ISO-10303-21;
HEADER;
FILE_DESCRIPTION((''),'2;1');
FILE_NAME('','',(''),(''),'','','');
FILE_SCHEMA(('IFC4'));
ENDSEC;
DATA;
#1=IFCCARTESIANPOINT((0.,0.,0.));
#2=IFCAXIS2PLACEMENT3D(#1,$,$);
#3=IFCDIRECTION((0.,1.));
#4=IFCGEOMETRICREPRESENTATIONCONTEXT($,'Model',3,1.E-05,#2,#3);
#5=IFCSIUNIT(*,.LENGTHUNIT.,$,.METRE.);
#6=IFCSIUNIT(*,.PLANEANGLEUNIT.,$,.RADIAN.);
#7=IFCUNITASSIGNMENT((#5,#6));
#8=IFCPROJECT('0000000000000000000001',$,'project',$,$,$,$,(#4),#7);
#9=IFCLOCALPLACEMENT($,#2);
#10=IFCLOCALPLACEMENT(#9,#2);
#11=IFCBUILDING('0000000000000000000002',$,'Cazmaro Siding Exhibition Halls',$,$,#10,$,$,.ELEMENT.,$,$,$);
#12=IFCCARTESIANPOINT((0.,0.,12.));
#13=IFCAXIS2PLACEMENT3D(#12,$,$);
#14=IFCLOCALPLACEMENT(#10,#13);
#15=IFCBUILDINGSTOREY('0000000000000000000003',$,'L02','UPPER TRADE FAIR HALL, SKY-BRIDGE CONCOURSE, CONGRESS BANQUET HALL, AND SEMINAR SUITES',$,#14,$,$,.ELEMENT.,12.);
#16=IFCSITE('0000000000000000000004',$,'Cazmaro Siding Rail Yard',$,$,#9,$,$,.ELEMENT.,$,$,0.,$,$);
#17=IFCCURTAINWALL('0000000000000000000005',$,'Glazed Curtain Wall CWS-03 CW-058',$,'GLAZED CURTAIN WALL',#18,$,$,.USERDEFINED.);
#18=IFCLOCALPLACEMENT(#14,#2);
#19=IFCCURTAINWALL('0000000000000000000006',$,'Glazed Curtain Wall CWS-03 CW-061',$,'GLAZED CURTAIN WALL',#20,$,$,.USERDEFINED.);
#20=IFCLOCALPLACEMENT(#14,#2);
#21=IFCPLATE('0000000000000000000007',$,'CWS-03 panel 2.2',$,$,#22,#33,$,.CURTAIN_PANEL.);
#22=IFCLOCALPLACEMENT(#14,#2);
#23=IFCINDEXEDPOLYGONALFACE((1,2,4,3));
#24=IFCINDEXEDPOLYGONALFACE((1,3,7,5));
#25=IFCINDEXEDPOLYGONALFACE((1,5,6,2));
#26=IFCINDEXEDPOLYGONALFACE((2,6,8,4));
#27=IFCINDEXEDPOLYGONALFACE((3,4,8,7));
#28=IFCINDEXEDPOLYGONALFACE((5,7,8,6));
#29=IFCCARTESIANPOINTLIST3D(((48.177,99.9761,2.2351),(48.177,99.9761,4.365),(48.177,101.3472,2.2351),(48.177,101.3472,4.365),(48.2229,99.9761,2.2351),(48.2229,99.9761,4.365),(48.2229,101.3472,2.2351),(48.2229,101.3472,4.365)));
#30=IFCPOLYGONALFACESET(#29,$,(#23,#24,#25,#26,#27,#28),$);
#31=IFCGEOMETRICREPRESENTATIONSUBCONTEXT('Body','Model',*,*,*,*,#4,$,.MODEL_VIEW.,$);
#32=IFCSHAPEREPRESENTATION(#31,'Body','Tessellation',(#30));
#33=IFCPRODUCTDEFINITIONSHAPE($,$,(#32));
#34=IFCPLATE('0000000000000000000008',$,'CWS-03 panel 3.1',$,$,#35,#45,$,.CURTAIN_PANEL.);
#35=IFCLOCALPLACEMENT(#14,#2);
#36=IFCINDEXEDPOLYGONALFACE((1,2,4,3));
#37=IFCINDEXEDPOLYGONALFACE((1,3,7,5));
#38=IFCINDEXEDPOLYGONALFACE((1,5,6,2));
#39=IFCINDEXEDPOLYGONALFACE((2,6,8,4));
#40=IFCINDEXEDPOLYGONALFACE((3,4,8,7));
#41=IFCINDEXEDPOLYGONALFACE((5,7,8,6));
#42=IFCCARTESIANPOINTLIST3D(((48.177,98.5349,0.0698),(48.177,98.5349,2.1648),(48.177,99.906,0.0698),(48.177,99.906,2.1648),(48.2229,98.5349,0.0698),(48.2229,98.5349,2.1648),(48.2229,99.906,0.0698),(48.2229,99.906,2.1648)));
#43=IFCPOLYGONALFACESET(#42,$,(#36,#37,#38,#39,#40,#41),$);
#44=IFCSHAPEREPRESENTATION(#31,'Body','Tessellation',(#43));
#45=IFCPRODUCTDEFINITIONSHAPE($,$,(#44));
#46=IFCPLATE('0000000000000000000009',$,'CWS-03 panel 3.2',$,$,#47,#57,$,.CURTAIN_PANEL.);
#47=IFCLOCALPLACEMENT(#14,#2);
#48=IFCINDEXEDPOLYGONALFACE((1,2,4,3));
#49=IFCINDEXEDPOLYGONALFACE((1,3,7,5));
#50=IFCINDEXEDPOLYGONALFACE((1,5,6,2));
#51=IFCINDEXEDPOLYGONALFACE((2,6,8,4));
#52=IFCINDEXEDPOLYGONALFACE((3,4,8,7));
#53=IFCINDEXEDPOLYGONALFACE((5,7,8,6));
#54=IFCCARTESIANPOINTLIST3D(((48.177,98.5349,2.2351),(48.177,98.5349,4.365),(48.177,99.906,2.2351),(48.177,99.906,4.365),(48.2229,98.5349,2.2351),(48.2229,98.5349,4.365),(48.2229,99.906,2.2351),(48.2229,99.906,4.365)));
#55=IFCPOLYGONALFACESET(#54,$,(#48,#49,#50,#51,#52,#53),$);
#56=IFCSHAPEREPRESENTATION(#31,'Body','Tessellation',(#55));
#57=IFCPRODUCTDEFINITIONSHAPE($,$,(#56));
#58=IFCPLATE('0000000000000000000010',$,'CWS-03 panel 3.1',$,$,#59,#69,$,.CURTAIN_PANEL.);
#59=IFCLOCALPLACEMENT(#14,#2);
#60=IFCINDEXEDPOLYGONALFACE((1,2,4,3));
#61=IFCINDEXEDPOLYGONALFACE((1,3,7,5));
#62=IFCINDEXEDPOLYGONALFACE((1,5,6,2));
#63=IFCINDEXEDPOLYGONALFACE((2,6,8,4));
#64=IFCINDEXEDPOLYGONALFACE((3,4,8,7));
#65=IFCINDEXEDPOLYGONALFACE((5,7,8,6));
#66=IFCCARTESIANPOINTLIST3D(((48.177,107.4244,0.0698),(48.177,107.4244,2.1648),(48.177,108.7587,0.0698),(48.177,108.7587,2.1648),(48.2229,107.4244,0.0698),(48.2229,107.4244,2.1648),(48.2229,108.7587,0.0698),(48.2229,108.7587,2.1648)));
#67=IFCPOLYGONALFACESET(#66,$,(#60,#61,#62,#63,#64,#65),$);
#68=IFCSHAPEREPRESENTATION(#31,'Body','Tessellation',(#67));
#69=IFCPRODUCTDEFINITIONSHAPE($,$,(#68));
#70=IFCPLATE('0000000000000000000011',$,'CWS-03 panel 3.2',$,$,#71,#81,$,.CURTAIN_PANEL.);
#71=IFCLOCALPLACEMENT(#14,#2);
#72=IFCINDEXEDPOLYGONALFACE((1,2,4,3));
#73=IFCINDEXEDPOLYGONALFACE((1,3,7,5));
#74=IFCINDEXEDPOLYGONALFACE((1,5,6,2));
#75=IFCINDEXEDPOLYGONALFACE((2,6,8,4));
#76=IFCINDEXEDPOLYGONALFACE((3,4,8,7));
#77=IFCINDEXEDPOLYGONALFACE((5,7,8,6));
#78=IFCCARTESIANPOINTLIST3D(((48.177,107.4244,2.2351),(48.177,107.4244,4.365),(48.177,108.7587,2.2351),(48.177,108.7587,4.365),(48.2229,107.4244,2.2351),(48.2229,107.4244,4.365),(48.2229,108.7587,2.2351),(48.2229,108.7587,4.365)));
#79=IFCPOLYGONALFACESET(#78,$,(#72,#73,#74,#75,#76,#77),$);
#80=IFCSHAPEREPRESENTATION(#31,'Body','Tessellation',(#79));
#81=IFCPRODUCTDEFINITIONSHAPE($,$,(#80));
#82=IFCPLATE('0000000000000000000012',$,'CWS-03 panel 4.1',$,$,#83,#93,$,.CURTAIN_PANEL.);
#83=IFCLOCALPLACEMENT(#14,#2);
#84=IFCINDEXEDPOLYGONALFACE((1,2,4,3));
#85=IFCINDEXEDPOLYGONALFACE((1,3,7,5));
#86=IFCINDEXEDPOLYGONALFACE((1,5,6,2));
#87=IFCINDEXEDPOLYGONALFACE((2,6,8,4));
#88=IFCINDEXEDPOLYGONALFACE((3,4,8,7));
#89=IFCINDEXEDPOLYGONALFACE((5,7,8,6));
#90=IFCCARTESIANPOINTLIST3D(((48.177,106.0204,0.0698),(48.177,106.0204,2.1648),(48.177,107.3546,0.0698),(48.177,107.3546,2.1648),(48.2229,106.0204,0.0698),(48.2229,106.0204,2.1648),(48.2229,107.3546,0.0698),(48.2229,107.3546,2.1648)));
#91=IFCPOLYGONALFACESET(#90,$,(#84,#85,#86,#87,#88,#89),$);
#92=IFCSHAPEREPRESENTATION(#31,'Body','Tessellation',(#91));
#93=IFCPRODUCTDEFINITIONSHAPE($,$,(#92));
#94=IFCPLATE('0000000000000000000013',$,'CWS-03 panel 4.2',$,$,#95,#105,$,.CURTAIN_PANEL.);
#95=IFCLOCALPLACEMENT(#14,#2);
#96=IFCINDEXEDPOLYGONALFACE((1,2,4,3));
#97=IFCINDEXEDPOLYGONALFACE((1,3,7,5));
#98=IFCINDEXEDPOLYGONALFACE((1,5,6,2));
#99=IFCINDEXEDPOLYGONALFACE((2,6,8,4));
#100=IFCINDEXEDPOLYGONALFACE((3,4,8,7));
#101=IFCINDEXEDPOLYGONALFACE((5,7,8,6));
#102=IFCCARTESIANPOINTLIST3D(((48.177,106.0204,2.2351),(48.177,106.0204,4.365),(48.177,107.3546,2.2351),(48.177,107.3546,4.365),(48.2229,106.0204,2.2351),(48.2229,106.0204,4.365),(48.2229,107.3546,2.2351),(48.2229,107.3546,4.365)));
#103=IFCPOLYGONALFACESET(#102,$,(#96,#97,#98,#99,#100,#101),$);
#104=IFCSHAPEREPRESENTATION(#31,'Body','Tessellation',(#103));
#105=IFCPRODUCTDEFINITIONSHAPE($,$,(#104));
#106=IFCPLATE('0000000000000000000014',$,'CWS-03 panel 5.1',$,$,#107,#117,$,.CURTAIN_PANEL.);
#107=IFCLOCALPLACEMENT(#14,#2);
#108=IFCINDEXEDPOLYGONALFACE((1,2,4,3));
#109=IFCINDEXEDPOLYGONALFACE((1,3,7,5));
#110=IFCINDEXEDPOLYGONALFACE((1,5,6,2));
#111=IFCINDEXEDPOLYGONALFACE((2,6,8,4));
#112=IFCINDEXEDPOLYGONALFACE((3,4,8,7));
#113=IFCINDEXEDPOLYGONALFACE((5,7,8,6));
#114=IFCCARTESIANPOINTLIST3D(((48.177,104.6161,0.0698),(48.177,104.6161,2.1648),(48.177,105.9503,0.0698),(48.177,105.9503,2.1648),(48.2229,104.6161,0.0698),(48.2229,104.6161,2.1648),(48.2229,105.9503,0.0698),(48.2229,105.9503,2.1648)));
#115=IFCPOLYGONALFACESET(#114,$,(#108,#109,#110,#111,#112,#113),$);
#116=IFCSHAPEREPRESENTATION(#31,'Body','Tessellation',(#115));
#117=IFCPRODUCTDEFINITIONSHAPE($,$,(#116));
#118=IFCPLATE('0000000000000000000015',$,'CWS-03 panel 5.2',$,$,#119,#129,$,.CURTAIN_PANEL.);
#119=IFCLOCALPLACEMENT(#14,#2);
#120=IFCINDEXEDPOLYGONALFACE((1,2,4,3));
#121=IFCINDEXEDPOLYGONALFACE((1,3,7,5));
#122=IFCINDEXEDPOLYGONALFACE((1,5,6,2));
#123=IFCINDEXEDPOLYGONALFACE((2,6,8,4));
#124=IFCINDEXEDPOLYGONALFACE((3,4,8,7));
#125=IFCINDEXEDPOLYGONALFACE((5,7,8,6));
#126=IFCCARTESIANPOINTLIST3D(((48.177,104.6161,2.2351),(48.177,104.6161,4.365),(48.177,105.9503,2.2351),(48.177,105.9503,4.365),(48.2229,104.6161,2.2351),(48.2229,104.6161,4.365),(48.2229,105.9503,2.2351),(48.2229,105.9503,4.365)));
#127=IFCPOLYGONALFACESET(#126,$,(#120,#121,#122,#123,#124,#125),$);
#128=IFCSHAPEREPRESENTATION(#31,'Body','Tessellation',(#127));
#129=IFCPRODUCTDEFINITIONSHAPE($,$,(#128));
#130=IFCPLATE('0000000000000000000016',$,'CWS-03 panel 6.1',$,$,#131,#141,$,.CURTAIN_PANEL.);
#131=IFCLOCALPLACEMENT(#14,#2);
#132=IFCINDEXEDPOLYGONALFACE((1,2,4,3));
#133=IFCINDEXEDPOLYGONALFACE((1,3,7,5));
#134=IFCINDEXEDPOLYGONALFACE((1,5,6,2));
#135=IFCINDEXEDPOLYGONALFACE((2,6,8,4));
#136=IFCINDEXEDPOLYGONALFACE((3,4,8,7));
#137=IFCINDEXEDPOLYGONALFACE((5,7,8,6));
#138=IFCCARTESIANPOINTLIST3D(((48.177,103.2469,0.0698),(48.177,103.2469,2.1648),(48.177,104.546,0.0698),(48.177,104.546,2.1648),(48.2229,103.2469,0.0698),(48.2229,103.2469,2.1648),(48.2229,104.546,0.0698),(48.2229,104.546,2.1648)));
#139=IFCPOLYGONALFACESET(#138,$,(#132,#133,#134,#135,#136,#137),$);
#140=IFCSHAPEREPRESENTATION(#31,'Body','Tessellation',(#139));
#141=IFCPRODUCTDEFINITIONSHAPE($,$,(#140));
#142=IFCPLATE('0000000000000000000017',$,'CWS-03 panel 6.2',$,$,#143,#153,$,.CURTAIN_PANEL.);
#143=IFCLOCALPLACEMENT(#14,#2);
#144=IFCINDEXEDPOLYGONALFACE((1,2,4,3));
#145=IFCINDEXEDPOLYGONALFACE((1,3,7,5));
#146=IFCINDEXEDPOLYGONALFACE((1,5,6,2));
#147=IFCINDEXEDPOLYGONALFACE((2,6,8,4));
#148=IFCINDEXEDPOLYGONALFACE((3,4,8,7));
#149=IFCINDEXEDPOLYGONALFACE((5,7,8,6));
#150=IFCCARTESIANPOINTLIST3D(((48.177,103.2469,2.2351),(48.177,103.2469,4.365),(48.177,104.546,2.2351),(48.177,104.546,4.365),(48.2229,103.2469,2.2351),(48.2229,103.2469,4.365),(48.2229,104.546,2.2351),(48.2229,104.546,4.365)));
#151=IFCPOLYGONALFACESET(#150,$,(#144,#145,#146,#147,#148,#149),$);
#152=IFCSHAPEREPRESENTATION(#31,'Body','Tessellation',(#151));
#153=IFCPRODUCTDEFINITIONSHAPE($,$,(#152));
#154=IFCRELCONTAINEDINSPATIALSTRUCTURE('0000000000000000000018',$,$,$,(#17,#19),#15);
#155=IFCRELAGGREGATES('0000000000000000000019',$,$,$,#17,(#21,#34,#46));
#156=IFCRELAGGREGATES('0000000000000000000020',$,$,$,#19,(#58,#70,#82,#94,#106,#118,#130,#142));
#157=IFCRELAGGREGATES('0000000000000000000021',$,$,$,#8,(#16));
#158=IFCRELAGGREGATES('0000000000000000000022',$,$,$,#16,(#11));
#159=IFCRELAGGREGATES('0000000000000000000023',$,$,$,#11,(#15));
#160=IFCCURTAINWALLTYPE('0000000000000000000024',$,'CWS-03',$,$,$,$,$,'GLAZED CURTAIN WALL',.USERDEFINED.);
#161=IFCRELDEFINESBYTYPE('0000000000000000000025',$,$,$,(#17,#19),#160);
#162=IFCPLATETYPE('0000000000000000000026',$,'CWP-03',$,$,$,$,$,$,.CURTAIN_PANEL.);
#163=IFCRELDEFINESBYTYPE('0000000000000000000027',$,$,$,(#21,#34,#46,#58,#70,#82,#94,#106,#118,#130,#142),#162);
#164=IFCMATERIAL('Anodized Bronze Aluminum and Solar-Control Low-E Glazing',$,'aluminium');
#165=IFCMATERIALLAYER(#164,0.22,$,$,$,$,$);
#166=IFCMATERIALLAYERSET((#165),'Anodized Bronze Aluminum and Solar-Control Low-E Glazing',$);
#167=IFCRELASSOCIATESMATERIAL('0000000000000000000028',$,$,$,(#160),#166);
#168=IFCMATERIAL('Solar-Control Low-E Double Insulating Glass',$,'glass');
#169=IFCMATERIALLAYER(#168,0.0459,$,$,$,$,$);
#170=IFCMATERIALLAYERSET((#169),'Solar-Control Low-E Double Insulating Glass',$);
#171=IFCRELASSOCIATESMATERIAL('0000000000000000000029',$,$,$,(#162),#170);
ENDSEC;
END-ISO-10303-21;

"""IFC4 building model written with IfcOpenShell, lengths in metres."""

from ifc_helpers import new_model, si_unit, direction, frame, origin, origin_2d, place, context, subcontext, project, spatial, rectangle, extrude, material, layer, layer_set, type_object, element, aggregate, save


model = new_model("IFC4")

# Units and contexts
model_context = context("Model", 3, precision=1e-05, world=origin(), true_north=direction((0.0, 1.0)))
body_context = subcontext(model_context, "Body", "Model", "MODEL_VIEW")
ifc_project = project(units=[si_unit("LENGTHUNIT", "METRE"), si_unit("PLANEANGLEUNIT", "RADIAN")], contexts=[model_context])

# Site, building, storey
site_placement = place(None, origin())
site = spatial("IfcSite", under=ifc_project, at=site_placement, Name="Cazmaro Siding Rail Yard", CompositionType="ELEMENT", RefElevation=0.0)
building_placement = place(site_placement, origin())
building = spatial("IfcBuilding", under=site, at=building_placement, Name="Cazmaro Siding Exhibition Halls", CompositionType="ELEMENT")
storey_placement = place(building_placement, frame((0.0, 0.0, 12.0)))
storey = spatial("IfcBuildingStorey", under=building, at=storey_placement, Name="L02", Description="UPPER TRADE FAIR HALL, SKY-BRIDGE CONCOURSE, CONGRESS BANQUET HALL, AND SEMINAR SUITES", CompositionType="ELEMENT", Elevation=12.0)

# Curtain walls
ifc_material_1 = material(Name="Anodized Bronze Aluminum and Solar-Control Low-E Glazing", Category="aluminium")
ifc_layer_1 = layer(ifc_material_1, 0.22)
ifc_layer_set_1 = layer_set([ifc_layer_1], Name="Anodized Bronze Aluminum and Solar-Control Low-E Glazing")
curtain_wall_type = type_object("IfcCurtainWallType", Name="CWS-03", ElementType="GLAZED CURTAIN WALL", PredefinedType="USERDEFINED", material=ifc_layer_set_1)
curtain_wall_1_placement = place(storey_placement, origin())
curtain_wall_1 = element("IfcCurtainWall", 1, at=curtain_wall_1_placement, inside=storey, type_object=curtain_wall_type, Name="Glazed Curtain Wall CWS-03 CW-058", ObjectType="GLAZED CURTAIN WALL", PredefinedType="USERDEFINED")
curtain_wall_2_placement = place(storey_placement, origin())
curtain_wall_2 = element("IfcCurtainWall", 2, at=curtain_wall_2_placement, inside=storey, type_object=curtain_wall_type, Name="Glazed Curtain Wall CWS-03 CW-061", ObjectType="GLAZED CURTAIN WALL", PredefinedType="USERDEFINED")

# Plates
ifc_material_2 = material(Name="Solar-Control Low-E Double Insulating Glass", Category="glass")
ifc_layer_2 = layer(ifc_material_2, 0.0459)
ifc_layer_set_2 = layer_set([ifc_layer_2], Name="Solar-Control Low-E Double Insulating Glass")
plate_type = type_object("IfcPlateType", Name="CWP-03", PredefinedType="CURTAIN_PANEL", material=ifc_layer_set_2)
plate_1_placement = place(storey_placement, frame((48.2, 100.6616, 2.2351), z_axis=(0.0, 0.0, 1.0), x_axis=(0.0, -1.0, 0.0)))
plate_1 = element("IfcPlate", 3, at=plate_1_placement, type_object=plate_type, Name="CWS-03 panel 2.2", PredefinedType="CURTAIN_PANEL", context=body_context, shape_type="SweptSolid", body=[
    extrude(rectangle(XDim=1.3711, YDim=0.0459, at=origin_2d()), origin(), (0.0, 0.0, 1.0), 2.1299),
])
plate_2_placement = place(storey_placement, frame((48.2, 99.2205, 0.0698), z_axis=(0.0, 0.0, 1.0), x_axis=(0.0, -1.0, 0.0)))
plate_2 = element("IfcPlate", 4, at=plate_2_placement, type_object=plate_type, Name="CWS-03 panel 3.1", PredefinedType="CURTAIN_PANEL", context=body_context, shape_type="SweptSolid", body=[
    extrude(rectangle(XDim=1.3711, YDim=0.0459, at=origin_2d()), origin(), (0.0, 0.0, 1.0), 2.095),
])
plate_3_placement = place(storey_placement, frame((48.2, 99.2205, 2.2351), z_axis=(0.0, 0.0, 1.0), x_axis=(0.0, -1.0, 0.0)))
plate_3 = element("IfcPlate", 5, at=plate_3_placement, type_object=plate_type, Name="CWS-03 panel 3.2", PredefinedType="CURTAIN_PANEL", context=body_context, shape_type="SweptSolid", body=[
    extrude(rectangle(XDim=1.3711, YDim=0.0459, at=origin_2d()), origin(), (0.0, 0.0, 1.0), 2.1299),
])
aggregate(curtain_wall_1, [plate_1, plate_2, plate_3])
plate_4_placement = place(storey_placement, frame((48.2, 108.0916, 0.0698), z_axis=(0.0, 0.0, 1.0), x_axis=(0.0, -1.0, 0.0)))
plate_4 = element("IfcPlate", 6, at=plate_4_placement, type_object=plate_type, Name="CWS-03 panel 3.1", PredefinedType="CURTAIN_PANEL", context=body_context, shape_type="SweptSolid", body=[
    extrude(rectangle(XDim=1.3342, YDim=0.0459, at=origin_2d()), origin(), (0.0, 0.0, 1.0), 2.095),
])
plate_5_placement = place(storey_placement, frame((48.2, 108.0916, 2.2351), z_axis=(0.0, 0.0, 1.0), x_axis=(0.0, -1.0, 0.0)))
plate_5 = element("IfcPlate", 7, at=plate_5_placement, type_object=plate_type, Name="CWS-03 panel 3.2", PredefinedType="CURTAIN_PANEL", context=body_context, shape_type="SweptSolid", body=[
    extrude(rectangle(XDim=1.3342, YDim=0.0459, at=origin_2d()), origin(), (0.0, 0.0, 1.0), 2.1299),
])
plate_6_placement = place(storey_placement, frame((48.2, 106.6875, 0.0698), z_axis=(0.0, 0.0, 1.0), x_axis=(0.0, -1.0, 0.0)))
plate_6 = element("IfcPlate", 8, at=plate_6_placement, type_object=plate_type, Name="CWS-03 panel 4.1", PredefinedType="CURTAIN_PANEL", context=body_context, shape_type="SweptSolid", body=[
    extrude(rectangle(XDim=1.3342, YDim=0.0459, at=origin_2d()), origin(), (0.0, 0.0, 1.0), 2.095),
])
plate_7_placement = place(storey_placement, frame((48.2, 106.6875, 2.2351), z_axis=(0.0, 0.0, 1.0), x_axis=(0.0, -1.0, 0.0)))
plate_7 = element("IfcPlate", 9, at=plate_7_placement, type_object=plate_type, Name="CWS-03 panel 4.2", PredefinedType="CURTAIN_PANEL", context=body_context, shape_type="SweptSolid", body=[
    extrude(rectangle(XDim=1.3342, YDim=0.0459, at=origin_2d()), origin(), (0.0, 0.0, 1.0), 2.1299),
])
plate_8_placement = place(storey_placement, frame((48.2, 105.2832, 0.0698), z_axis=(0.0, 0.0, 1.0), x_axis=(0.0, -1.0, 0.0)))
plate_8 = element("IfcPlate", 10, at=plate_8_placement, type_object=plate_type, Name="CWS-03 panel 5.1", PredefinedType="CURTAIN_PANEL", context=body_context, shape_type="SweptSolid", body=[
    extrude(rectangle(XDim=1.3342, YDim=0.0459, at=origin_2d()), origin(), (0.0, 0.0, 1.0), 2.095),
])
plate_9_placement = place(storey_placement, frame((48.2, 105.2832, 2.2351), z_axis=(0.0, 0.0, 1.0), x_axis=(0.0, -1.0, 0.0)))
plate_9 = element("IfcPlate", 11, at=plate_9_placement, type_object=plate_type, Name="CWS-03 panel 5.2", PredefinedType="CURTAIN_PANEL", context=body_context, shape_type="SweptSolid", body=[
    extrude(rectangle(XDim=1.3342, YDim=0.0459, at=origin_2d()), origin(), (0.0, 0.0, 1.0), 2.1299),
])
plate_10_placement = place(storey_placement, frame((48.2, 103.8965, 0.0698), z_axis=(0.0, 0.0, 1.0), x_axis=(0.0, -1.0, 0.0)))
plate_10 = element("IfcPlate", 12, at=plate_10_placement, type_object=plate_type, Name="CWS-03 panel 6.1", PredefinedType="CURTAIN_PANEL", context=body_context, shape_type="SweptSolid", body=[
    extrude(rectangle(XDim=1.2991, YDim=0.0459, at=origin_2d()), origin(), (0.0, 0.0, 1.0), 2.095),
])
plate_11_placement = place(storey_placement, frame((48.2, 103.8965, 2.2351), z_axis=(0.0, 0.0, 1.0), x_axis=(0.0, -1.0, 0.0)))
plate_11 = element("IfcPlate", 13, at=plate_11_placement, type_object=plate_type, Name="CWS-03 panel 6.2", PredefinedType="CURTAIN_PANEL", context=body_context, shape_type="SweptSolid", body=[
    extrude(rectangle(XDim=1.2991, YDim=0.0459, at=origin_2d()), origin(), (0.0, 0.0, 1.0), 2.1299),
])
aggregate(curtain_wall_2, [plate_4, plate_5, plate_6, plate_7, plate_8, plate_9, plate_10, plate_11])

save(model, "model.ifc")
